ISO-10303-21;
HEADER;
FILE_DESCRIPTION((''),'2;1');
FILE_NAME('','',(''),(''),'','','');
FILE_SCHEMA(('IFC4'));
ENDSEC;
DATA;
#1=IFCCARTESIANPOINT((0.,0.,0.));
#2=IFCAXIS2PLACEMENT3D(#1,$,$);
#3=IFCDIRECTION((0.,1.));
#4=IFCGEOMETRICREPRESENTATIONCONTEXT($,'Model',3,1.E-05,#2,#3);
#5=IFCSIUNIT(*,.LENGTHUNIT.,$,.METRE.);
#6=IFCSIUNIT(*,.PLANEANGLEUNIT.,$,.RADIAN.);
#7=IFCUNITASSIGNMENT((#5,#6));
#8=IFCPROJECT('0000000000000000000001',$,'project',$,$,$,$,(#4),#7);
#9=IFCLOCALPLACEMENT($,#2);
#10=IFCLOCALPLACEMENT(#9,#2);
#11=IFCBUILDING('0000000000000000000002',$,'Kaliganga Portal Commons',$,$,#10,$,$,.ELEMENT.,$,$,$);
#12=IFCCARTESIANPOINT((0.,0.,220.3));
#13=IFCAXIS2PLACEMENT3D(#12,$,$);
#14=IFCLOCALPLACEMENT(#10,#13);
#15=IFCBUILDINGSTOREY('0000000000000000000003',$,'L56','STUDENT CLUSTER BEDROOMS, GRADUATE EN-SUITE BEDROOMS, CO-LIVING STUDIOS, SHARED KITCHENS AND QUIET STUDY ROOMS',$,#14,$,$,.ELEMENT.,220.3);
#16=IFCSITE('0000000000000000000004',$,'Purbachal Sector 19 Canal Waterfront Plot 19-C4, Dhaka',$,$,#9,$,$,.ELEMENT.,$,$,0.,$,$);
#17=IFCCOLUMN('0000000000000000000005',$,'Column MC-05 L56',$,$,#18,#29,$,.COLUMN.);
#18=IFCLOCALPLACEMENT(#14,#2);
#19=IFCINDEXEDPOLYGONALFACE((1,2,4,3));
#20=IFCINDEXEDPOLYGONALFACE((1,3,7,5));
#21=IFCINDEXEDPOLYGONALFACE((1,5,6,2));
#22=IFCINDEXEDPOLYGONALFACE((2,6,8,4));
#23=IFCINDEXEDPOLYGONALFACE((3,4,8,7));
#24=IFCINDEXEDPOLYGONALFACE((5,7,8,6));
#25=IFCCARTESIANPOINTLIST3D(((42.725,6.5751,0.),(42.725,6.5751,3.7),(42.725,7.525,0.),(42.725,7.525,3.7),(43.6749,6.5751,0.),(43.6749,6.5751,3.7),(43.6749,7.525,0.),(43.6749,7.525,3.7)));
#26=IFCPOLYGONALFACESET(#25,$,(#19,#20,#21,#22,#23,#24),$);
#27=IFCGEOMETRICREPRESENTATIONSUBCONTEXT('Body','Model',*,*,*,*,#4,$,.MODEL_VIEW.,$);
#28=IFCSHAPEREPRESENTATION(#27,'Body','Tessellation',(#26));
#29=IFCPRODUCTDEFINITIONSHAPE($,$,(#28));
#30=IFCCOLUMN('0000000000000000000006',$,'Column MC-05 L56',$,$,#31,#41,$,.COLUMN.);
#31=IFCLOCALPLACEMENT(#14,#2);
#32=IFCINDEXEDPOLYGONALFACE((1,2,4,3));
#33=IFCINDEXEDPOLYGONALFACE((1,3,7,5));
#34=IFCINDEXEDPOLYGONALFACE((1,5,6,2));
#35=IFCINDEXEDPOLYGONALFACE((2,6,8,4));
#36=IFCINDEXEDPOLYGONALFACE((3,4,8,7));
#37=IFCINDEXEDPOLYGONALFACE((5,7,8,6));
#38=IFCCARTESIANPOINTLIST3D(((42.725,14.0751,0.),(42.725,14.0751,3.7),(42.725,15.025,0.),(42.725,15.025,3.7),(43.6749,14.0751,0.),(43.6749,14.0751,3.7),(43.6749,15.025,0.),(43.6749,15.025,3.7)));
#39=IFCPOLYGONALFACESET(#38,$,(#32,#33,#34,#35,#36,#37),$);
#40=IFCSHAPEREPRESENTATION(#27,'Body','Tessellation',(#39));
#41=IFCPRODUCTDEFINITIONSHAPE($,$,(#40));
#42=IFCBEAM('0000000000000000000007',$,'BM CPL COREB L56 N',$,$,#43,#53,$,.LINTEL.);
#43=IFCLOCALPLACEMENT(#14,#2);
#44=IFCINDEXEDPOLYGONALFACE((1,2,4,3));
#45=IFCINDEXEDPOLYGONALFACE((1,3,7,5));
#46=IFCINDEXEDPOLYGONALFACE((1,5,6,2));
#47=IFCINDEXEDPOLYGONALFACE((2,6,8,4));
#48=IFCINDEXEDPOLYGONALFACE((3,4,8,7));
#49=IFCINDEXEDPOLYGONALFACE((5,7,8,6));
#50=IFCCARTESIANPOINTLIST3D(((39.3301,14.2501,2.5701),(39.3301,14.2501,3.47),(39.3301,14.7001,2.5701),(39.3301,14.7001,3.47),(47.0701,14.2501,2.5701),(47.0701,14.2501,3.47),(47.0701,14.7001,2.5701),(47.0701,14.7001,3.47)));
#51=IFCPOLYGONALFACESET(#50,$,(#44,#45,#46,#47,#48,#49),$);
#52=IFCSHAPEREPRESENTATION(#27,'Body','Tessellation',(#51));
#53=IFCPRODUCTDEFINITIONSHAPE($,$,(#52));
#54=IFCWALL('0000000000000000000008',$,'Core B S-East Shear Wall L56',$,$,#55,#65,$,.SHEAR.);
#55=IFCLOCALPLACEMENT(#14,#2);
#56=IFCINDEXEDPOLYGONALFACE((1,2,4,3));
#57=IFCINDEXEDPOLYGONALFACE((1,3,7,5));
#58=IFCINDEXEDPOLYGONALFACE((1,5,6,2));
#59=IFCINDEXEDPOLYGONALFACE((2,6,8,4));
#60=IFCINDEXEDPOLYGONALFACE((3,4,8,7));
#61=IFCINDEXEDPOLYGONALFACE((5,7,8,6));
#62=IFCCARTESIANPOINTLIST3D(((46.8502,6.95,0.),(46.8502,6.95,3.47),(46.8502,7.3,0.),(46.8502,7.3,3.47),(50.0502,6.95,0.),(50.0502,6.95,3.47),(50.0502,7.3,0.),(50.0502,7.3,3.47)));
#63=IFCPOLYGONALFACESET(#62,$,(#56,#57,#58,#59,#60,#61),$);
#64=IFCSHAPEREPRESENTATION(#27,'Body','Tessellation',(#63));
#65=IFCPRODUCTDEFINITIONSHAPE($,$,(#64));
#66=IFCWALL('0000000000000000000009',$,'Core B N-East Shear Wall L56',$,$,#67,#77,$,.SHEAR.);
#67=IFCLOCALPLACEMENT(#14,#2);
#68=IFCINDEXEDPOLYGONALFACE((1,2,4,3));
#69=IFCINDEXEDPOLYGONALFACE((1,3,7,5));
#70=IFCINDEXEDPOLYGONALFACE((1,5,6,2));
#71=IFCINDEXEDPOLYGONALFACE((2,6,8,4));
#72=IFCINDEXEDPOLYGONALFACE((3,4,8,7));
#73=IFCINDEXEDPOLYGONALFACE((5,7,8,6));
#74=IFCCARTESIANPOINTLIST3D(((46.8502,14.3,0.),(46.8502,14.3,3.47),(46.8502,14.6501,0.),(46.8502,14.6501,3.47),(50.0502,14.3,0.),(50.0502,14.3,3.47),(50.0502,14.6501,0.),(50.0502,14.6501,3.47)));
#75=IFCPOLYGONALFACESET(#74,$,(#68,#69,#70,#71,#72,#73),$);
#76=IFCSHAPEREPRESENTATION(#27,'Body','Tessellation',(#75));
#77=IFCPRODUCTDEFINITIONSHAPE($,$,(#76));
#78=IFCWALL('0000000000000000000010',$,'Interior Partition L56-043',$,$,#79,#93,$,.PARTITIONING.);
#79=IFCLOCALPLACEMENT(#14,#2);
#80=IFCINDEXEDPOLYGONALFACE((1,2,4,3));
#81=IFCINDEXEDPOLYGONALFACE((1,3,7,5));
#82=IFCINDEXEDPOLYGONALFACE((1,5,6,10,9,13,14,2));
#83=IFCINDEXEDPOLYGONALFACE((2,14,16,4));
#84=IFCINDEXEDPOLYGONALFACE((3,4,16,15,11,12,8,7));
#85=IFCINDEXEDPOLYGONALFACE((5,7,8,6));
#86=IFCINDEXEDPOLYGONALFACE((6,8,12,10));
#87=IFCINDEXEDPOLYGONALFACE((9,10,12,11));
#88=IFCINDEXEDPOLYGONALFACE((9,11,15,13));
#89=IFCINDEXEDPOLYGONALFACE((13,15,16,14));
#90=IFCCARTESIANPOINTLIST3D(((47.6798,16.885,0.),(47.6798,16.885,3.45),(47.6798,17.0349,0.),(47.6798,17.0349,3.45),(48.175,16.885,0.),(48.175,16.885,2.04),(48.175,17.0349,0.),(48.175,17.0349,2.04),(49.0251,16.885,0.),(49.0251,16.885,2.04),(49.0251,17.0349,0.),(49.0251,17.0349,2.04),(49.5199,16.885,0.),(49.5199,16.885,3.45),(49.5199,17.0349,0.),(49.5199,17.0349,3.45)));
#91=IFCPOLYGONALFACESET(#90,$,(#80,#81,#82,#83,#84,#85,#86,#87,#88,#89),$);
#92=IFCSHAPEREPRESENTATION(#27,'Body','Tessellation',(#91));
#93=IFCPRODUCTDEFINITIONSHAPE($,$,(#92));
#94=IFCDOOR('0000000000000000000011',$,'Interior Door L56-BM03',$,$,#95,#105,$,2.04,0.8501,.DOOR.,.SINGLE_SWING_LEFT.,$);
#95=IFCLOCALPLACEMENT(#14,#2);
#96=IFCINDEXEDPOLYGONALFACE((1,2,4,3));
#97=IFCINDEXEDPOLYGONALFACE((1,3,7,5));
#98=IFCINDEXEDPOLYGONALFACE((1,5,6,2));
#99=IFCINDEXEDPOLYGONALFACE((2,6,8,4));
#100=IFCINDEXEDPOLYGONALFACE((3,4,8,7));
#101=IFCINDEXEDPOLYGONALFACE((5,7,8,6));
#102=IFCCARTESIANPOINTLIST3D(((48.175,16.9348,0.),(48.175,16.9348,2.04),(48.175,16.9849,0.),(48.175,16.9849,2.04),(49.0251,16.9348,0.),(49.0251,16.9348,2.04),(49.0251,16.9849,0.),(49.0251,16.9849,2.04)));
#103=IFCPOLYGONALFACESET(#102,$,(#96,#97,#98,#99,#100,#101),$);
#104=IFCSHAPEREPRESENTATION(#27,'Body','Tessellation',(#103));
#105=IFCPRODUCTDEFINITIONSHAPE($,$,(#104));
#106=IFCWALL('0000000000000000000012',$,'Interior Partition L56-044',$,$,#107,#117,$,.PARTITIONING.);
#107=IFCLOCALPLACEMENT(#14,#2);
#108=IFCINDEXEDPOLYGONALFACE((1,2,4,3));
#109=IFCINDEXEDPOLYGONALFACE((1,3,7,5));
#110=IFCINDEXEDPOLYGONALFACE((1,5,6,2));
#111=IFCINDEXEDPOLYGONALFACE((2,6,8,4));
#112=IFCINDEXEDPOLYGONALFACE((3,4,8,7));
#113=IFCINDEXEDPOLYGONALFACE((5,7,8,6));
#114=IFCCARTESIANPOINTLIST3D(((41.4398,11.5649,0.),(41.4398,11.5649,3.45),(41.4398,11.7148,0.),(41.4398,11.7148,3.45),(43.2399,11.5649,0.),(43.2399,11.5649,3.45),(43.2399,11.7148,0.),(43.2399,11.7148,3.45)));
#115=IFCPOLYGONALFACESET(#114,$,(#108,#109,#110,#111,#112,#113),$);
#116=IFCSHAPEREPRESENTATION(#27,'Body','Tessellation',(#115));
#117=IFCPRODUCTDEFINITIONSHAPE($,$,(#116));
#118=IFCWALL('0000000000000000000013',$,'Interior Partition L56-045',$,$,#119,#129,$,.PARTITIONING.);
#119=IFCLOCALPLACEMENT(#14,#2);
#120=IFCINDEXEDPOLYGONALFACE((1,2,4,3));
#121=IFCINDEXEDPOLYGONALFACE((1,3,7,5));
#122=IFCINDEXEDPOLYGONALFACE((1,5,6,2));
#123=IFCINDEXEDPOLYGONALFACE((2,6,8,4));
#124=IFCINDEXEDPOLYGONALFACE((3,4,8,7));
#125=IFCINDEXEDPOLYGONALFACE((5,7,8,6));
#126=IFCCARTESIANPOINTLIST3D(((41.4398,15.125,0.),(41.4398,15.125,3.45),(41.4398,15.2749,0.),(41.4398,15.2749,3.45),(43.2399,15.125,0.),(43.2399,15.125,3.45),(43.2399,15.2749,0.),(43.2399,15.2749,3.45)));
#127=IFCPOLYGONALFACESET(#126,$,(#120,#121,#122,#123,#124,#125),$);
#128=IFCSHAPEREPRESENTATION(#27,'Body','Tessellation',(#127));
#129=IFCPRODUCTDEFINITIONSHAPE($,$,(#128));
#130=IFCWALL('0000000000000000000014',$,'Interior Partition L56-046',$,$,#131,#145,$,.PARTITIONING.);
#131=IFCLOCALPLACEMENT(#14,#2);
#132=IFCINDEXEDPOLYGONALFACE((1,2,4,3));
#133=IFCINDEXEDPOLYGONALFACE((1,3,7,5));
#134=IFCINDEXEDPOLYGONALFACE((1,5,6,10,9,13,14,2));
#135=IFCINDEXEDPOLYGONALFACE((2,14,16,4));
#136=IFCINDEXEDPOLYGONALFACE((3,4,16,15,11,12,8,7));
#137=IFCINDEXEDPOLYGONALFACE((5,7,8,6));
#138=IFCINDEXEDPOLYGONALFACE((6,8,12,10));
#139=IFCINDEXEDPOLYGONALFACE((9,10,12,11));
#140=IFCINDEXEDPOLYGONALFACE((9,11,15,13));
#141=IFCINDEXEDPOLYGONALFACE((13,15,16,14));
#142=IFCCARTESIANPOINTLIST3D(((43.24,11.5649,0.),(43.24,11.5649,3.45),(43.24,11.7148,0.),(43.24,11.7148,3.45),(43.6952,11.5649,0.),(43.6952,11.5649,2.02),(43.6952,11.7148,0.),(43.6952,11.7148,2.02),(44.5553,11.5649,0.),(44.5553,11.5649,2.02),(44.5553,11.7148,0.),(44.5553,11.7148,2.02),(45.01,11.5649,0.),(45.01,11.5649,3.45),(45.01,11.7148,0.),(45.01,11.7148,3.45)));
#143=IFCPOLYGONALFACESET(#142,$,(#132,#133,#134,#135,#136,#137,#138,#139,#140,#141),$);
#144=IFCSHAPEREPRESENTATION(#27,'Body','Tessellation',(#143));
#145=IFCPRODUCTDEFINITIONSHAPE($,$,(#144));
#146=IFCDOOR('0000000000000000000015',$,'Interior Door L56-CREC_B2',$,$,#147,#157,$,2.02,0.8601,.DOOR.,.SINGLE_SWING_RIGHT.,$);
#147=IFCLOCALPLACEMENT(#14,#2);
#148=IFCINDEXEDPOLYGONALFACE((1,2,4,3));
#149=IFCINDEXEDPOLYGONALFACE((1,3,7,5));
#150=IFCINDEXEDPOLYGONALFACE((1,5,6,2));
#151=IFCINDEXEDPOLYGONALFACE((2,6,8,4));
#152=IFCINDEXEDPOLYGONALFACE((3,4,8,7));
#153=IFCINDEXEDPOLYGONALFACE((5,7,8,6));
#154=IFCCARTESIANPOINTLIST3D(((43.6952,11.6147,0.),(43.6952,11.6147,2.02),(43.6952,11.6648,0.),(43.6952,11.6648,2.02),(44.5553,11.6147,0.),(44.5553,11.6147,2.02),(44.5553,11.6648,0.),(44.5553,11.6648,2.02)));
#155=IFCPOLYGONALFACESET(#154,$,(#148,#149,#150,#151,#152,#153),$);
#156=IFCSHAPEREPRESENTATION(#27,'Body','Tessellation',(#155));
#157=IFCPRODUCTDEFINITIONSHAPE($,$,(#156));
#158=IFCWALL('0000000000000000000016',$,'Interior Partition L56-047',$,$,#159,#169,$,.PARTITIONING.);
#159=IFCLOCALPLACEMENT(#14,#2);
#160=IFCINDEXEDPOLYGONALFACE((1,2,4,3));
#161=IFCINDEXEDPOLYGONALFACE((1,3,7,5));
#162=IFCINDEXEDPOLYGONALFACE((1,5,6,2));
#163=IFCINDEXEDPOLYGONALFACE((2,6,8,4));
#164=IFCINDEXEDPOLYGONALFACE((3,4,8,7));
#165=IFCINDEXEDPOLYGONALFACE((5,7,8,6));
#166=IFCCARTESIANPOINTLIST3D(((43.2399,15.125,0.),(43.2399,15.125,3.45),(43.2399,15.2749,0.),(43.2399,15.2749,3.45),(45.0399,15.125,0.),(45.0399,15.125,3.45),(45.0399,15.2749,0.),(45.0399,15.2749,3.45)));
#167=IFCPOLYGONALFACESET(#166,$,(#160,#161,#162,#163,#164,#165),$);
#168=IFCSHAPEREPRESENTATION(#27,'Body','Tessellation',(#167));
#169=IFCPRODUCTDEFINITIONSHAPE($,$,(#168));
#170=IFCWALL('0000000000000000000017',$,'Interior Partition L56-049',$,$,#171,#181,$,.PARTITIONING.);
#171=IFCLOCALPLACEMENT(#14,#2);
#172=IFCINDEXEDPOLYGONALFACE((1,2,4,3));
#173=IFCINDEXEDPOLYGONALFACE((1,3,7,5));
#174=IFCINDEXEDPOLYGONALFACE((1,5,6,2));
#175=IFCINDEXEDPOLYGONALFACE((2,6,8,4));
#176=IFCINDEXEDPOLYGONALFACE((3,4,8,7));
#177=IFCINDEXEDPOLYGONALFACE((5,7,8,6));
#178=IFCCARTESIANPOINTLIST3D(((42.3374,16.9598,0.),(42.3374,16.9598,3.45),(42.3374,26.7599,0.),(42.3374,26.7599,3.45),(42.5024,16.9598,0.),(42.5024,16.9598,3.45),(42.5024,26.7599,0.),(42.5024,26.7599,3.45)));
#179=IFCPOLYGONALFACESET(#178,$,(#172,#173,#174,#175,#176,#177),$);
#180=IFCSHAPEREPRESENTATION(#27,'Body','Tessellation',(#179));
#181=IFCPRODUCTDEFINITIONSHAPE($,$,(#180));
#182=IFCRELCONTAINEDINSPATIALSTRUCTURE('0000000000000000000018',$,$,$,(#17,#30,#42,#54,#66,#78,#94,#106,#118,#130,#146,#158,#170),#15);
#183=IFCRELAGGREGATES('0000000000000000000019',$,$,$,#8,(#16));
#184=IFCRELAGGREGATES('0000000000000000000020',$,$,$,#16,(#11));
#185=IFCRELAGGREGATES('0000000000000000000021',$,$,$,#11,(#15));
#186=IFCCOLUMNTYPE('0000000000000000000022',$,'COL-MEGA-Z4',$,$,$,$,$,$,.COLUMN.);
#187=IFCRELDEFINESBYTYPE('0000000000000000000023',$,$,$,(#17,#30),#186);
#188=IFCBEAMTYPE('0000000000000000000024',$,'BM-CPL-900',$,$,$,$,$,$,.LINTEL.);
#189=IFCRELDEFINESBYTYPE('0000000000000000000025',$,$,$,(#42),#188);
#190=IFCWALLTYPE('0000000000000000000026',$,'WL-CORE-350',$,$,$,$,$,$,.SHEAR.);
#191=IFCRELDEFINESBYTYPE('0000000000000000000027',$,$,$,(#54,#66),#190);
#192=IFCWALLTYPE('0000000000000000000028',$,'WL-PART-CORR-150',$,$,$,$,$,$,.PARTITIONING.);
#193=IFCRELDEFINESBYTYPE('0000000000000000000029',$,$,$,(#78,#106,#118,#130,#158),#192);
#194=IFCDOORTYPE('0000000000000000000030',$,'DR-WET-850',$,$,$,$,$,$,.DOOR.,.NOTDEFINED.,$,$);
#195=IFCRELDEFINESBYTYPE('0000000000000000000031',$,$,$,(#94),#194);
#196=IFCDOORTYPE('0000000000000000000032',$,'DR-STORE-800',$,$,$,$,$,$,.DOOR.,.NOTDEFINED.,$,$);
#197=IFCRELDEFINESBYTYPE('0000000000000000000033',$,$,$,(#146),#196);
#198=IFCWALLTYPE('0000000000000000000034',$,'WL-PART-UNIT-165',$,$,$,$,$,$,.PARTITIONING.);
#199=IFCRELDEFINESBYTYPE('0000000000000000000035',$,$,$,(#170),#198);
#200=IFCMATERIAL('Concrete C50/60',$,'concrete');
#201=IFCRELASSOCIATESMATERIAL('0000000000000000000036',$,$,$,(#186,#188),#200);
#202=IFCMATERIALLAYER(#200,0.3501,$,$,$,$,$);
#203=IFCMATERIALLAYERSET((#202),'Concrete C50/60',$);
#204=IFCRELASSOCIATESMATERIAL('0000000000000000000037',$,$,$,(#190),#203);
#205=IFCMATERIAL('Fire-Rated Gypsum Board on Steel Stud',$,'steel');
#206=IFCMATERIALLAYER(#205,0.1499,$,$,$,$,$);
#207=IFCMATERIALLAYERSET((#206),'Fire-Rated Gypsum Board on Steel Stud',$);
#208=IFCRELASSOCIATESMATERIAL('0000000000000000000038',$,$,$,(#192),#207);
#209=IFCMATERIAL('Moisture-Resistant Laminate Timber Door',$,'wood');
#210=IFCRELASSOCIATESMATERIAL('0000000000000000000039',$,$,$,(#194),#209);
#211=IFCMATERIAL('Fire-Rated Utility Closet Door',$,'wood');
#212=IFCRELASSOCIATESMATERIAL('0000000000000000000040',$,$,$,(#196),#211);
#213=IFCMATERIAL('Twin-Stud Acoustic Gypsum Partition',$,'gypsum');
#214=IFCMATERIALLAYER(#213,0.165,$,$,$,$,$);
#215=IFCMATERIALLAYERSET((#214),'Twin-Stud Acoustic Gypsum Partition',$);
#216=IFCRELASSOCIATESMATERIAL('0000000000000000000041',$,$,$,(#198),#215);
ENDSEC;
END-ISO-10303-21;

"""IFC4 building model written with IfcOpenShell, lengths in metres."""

from ifc_helpers import new_model, si_unit, direction, frame, frame_2d, origin, origin_2d, place, context, subcontext, project, spatial, rectangle, extrude, source, transform, mapped, material, layer, layer_set, material_profile, profile_set, type_object, element, fill, save


model = new_model("IFC4")

# Units and contexts
model_context = context("Model", 3, precision=1e-05, world=origin(), true_north=direction((0.0, 1.0)))
body_context = subcontext(model_context, "Body", "Model", "MODEL_VIEW")
ifc_project = project(units=[si_unit("LENGTHUNIT", "METRE"), si_unit("PLANEANGLEUNIT", "RADIAN")], contexts=[model_context])

# Site, building, storey
site_placement = place(None, origin())
site = spatial("IfcSite", under=ifc_project, at=site_placement, Name="Purbachal Sector 19 Canal Waterfront Plot 19-C4, Dhaka", CompositionType="ELEMENT", RefElevation=0.0)
building_placement = place(site_placement, origin())
building = spatial("IfcBuilding", under=site, at=building_placement, Name="Kaliganga Portal Commons", CompositionType="ELEMENT")
storey_placement = place(building_placement, frame((0.0, 0.0, 220.3)))
storey = spatial("IfcBuildingStorey", under=building, at=storey_placement, Name="L56", Description="STUDENT CLUSTER BEDROOMS, GRADUATE EN-SUITE BEDROOMS, CO-LIVING STUDIOS, SHARED KITCHENS AND QUIET STUDY ROOMS", CompositionType="ELEMENT", Elevation=220.3)

# Columns
ifc_material_1 = material(Name="Concrete C50/60", Category="concrete")
ifc_material_profile_1 = material_profile(ifc_material_1, rectangle(XDim=0.95, YDim=0.95, at=origin_2d()), Name="RC 950x950")
ifc_profile_set_1 = profile_set([ifc_material_profile_1], Name="Concrete C50/60")
column_type = type_object("IfcColumnType", Name="COL-MEGA-Z4", PredefinedType="COLUMN", material=ifc_profile_set_1)
shared_shape_1 = source(origin(), body_context, "Body", "SweptSolid", [
    extrude(rectangle(XDim=0.95, YDim=0.95, at=origin_2d()), origin(), (0.0, 0.0, 1.0), 3.7),
])
for number, where, z_axis, x_axis, name in (
    (1, (43.2, 7.05, 0.0), (0.0, 0.0, 1.0), (1.0, 0.0, 0.0), "Column MC-05 L56"),
    (2, (43.2, 14.55, 0.0), (0.0, 0.0, 1.0), (1.0, 0.0, 0.0), "Column MC-05 L56"),
):
    element("IfcColumn", number, at=place(storey_placement, frame(where, z_axis=z_axis, x_axis=x_axis)), inside=storey, type_object=column_type, Name=name, PredefinedType="COLUMN", context=body_context, shape_type="MappedRepresentation", body=[
        mapped(shared_shape_1, transform((0.0, 0.0, 0.0), x_axis=(1.0, 0.0, 0.0), y_axis=(0.0, 1.0, 0.0), z_axis=(0.0, 0.0, 1.0), scale=1.0)),
    ])

# Beam
ifc_material_profile_2 = material_profile(ifc_material_1, rectangle(XDim=0.45, YDim=0.8999, at=origin_2d()), Name="RC 450x900")
ifc_profile_set_2 = profile_set([ifc_material_profile_2], Name="Concrete C50/60")
beam_type = type_object("IfcBeamType", Name="BM-CPL-900", PredefinedType="LINTEL", material=ifc_profile_set_2)
shared_shape_2 = source(origin(), body_context, "Body", "SweptSolid", [
    extrude(rectangle(XDim=0.45, YDim=0.8999, at=origin_2d()), origin(), (0.0, 0.0, 1.0), 7.74),
])
beam_placement = place(storey_placement, frame((39.3301, 14.4751, 3.02), z_axis=(1.0, 0.0, 0.0), x_axis=(0.0, 1.0, 0.0)))
element("IfcBeam", 3, at=beam_placement, inside=storey, type_object=beam_type, Name="BM CPL COREB L56 N", PredefinedType="LINTEL", context=body_context, shape_type="MappedRepresentation", body=[
    mapped(shared_shape_2, transform((0.0, 0.0, 0.0), x_axis=(1.0, 0.0, 0.0), y_axis=(0.0, 1.0, 0.0), z_axis=(0.0, 0.0, 1.0), scale=1.0)),
])

# Walls
ifc_layer_1 = layer(ifc_material_1, 0.3501)
ifc_layer_set_1 = layer_set([ifc_layer_1], Name="Concrete C50/60")
wall_type_1 = type_object("IfcWallType", Name="WL-CORE-350", PredefinedType="SHEAR", material=ifc_layer_set_1)
for number, where, z_axis, x_axis, name in (
    (4, (46.8501, 7.125, 0.0), (0.0, 0.0, 1.0), (1.0, 0.0, 0.0), "Core B S-East Shear Wall L56"),
    (5, (46.8501, 14.4751, 0.0), (0.0, 0.0, 1.0), (1.0, 0.0, 0.0), "Core B N-East Shear Wall L56"),
):
    element("IfcWall", number, at=place(storey_placement, frame(where, z_axis=z_axis, x_axis=x_axis)), inside=storey, type_object=wall_type_1, Name=name, PredefinedType="SHEAR", context=body_context, shape_type="SweptSolid", body=[
        extrude(rectangle(XDim=3.2, YDim=0.3501, at=frame_2d((1.6001, 0.0))), origin(), (0.0, 0.0, 1.0), 3.47),
    ])

# Wall, opening, door
ifc_material_2 = material(Name="Fire-Rated Gypsum Board on Steel Stud", Category="steel")
ifc_layer_2 = layer(ifc_material_2, 0.1499)
ifc_layer_set_2 = layer_set([ifc_layer_2], Name="Fire-Rated Gypsum Board on Steel Stud")
wall_type_2 = type_object("IfcWallType", Name="WL-PART-CORR-150", PredefinedType="PARTITIONING", material=ifc_layer_set_2)
wall_1_placement = place(storey_placement, frame((47.6799, 16.96, 0.0), z_axis=(0.0, 0.0, 1.0), x_axis=(1.0, 0.0, 0.0)))
wall_1 = element("IfcWall", 6, at=wall_1_placement, inside=storey, type_object=wall_type_2, Name="Interior Partition L56-043", PredefinedType="PARTITIONING", context=body_context, shape_type="SweptSolid", body=[
    extrude(rectangle(XDim=1.8401, YDim=0.1499, at=frame_2d((0.9199, 0.0))), origin(), (0.0, 0.0, 1.0), 3.45),
])
opening_1_placement = place(wall_1_placement, frame((0.4951, 0.0, 0.0)))
opening_1 = element("IfcOpeningElement", 7, at=opening_1_placement, cuts=wall_1, PredefinedType="OPENING", context=body_context, shape_type="SweptSolid", body=[
    extrude(rectangle(XDim=0.8501, YDim=2.04, at=frame_2d((0.425, 1.02))), frame((0.0, 0.085, 0.0), z_axis=(0.0, -1.0, 0.0), x_axis=(1.0, 0.0, 0.0)), (0.0, 0.0, 1.0), 0.1699),
])
ifc_material_3 = material(Name="Moisture-Resistant Laminate Timber Door", Category="wood")
door_type_1 = type_object("IfcDoorType", Name="DR-WET-850", OperationType="NOTDEFINED", PredefinedType="DOOR", material=ifc_material_3)
door_1_placement = place(opening_1_placement, origin())
door_1 = element("IfcDoor", 8, at=door_1_placement, inside=storey, type_object=door_type_1, Name="Interior Door L56-BM03", OperationType="SINGLE_SWING_LEFT", OverallHeight=2.04, OverallWidth=0.8501, PredefinedType="DOOR", context=body_context, shape_type="SweptSolid", body=[
    extrude(rectangle(XDim=0.8501, YDim=2.04, at=frame_2d((0.425, 1.02))), frame((0.0, 0.0249, 0.0), z_axis=(0.0, -1.0, 0.0), x_axis=(1.0, 0.0, 0.0)), (0.0, 0.0, 1.0), 0.05),
])
fill(opening_1, door_1)

# Walls
for number, where, z_axis, x_axis, name in (
    (9, (41.4399, 11.6399, 0.0), (0.0, 0.0, 1.0), (1.0, 0.0, 0.0), "Interior Partition L56-044"),
    (10, (41.4399, 15.2, 0.0), (0.0, 0.0, 1.0), (1.0, 0.0, 0.0), "Interior Partition L56-045"),
):
    element("IfcWall", number, at=place(storey_placement, frame(where, z_axis=z_axis, x_axis=x_axis)), inside=storey, type_object=wall_type_2, Name=name, PredefinedType="PARTITIONING", context=body_context, shape_type="SweptSolid", body=[
        extrude(rectangle(XDim=1.8, YDim=0.1499, at=frame_2d((0.8999, 0.0))), origin(), (0.0, 0.0, 1.0), 3.45),
    ])

# Wall, opening, door
wall_2_placement = place(storey_placement, frame((43.24, 11.6399, 0.0), z_axis=(0.0, 0.0, 1.0), x_axis=(1.0, 0.0, 0.0)))
wall_2 = element("IfcWall", 11, at=wall_2_placement, inside=storey, type_object=wall_type_2, Name="Interior Partition L56-046", PredefinedType="PARTITIONING", context=body_context, shape_type="SweptSolid", body=[
    extrude(rectangle(XDim=1.77, YDim=0.1499, at=frame_2d((0.885, 0.0))), origin(), (0.0, 0.0, 1.0), 3.45),
])
opening_2_placement = place(wall_2_placement, frame((0.4551, 0.0, 0.0)))
opening_2 = element("IfcOpeningElement", 12, at=opening_2_placement, cuts=wall_2, PredefinedType="OPENING", context=body_context, shape_type="SweptSolid", body=[
    extrude(rectangle(XDim=0.8601, YDim=2.02, at=frame_2d((0.4302, 1.01))), frame((0.0, 0.085, 0.0), z_axis=(0.0, -1.0, 0.0), x_axis=(1.0, 0.0, 0.0)), (0.0, 0.0, 1.0), 0.1699),
])
ifc_material_4 = material(Name="Fire-Rated Utility Closet Door", Category="wood")
door_type_2 = type_object("IfcDoorType", Name="DR-STORE-800", OperationType="NOTDEFINED", PredefinedType="DOOR", material=ifc_material_4)
door_2_placement = place(opening_2_placement, origin())
door_2 = element("IfcDoor", 13, at=door_2_placement, inside=storey, type_object=door_type_2, Name="Interior Door L56-CREC_B2", OperationType="SINGLE_SWING_RIGHT", OverallHeight=2.02, OverallWidth=0.8601, PredefinedType="DOOR", context=body_context, shape_type="SweptSolid", body=[
    extrude(rectangle(XDim=0.8601, YDim=2.02, at=frame_2d((0.4302, 1.01))), frame((0.0, 0.0249, 0.0), z_axis=(0.0, -1.0, 0.0), x_axis=(1.0, 0.0, 0.0)), (0.0, 0.0, 1.0), 0.05),
])
fill(opening_2, door_2)

# Walls
wall_3_placement = place(storey_placement, frame((43.24, 15.2, 0.0), z_axis=(0.0, 0.0, 1.0), x_axis=(1.0, 0.0, 0.0)))
element("IfcWall", 14, at=wall_3_placement, inside=storey, type_object=wall_type_2, Name="Interior Partition L56-047", PredefinedType="PARTITIONING", context=body_context, shape_type="SweptSolid", body=[
    extrude(rectangle(XDim=1.8, YDim=0.1499, at=frame_2d((0.8999, 0.0))), origin(), (0.0, 0.0, 1.0), 3.45),
])
ifc_material_5 = material(Name="Twin-Stud Acoustic Gypsum Partition", Category="gypsum")
ifc_layer_3 = layer(ifc_material_5, 0.165)
ifc_layer_set_3 = layer_set([ifc_layer_3], Name="Twin-Stud Acoustic Gypsum Partition")
wall_type_3 = type_object("IfcWallType", Name="WL-PART-UNIT-165", PredefinedType="PARTITIONING", material=ifc_layer_set_3)
wall_4_placement = place(storey_placement, frame((42.4199, 16.96, 0.0), z_axis=(0.0, 0.0, 1.0), x_axis=(0.0, 1.0, 0.0)))
element("IfcWall", 15, at=wall_4_placement, inside=storey, type_object=wall_type_3, Name="Interior Partition L56-049", PredefinedType="PARTITIONING", context=body_context, shape_type="SweptSolid", body=[
    extrude(rectangle(XDim=9.8, YDim=0.165, at=frame_2d((4.8999, 0.0))), origin(), (0.0, 0.0, 1.0), 3.45),
])

save(model, "model.ifc")
